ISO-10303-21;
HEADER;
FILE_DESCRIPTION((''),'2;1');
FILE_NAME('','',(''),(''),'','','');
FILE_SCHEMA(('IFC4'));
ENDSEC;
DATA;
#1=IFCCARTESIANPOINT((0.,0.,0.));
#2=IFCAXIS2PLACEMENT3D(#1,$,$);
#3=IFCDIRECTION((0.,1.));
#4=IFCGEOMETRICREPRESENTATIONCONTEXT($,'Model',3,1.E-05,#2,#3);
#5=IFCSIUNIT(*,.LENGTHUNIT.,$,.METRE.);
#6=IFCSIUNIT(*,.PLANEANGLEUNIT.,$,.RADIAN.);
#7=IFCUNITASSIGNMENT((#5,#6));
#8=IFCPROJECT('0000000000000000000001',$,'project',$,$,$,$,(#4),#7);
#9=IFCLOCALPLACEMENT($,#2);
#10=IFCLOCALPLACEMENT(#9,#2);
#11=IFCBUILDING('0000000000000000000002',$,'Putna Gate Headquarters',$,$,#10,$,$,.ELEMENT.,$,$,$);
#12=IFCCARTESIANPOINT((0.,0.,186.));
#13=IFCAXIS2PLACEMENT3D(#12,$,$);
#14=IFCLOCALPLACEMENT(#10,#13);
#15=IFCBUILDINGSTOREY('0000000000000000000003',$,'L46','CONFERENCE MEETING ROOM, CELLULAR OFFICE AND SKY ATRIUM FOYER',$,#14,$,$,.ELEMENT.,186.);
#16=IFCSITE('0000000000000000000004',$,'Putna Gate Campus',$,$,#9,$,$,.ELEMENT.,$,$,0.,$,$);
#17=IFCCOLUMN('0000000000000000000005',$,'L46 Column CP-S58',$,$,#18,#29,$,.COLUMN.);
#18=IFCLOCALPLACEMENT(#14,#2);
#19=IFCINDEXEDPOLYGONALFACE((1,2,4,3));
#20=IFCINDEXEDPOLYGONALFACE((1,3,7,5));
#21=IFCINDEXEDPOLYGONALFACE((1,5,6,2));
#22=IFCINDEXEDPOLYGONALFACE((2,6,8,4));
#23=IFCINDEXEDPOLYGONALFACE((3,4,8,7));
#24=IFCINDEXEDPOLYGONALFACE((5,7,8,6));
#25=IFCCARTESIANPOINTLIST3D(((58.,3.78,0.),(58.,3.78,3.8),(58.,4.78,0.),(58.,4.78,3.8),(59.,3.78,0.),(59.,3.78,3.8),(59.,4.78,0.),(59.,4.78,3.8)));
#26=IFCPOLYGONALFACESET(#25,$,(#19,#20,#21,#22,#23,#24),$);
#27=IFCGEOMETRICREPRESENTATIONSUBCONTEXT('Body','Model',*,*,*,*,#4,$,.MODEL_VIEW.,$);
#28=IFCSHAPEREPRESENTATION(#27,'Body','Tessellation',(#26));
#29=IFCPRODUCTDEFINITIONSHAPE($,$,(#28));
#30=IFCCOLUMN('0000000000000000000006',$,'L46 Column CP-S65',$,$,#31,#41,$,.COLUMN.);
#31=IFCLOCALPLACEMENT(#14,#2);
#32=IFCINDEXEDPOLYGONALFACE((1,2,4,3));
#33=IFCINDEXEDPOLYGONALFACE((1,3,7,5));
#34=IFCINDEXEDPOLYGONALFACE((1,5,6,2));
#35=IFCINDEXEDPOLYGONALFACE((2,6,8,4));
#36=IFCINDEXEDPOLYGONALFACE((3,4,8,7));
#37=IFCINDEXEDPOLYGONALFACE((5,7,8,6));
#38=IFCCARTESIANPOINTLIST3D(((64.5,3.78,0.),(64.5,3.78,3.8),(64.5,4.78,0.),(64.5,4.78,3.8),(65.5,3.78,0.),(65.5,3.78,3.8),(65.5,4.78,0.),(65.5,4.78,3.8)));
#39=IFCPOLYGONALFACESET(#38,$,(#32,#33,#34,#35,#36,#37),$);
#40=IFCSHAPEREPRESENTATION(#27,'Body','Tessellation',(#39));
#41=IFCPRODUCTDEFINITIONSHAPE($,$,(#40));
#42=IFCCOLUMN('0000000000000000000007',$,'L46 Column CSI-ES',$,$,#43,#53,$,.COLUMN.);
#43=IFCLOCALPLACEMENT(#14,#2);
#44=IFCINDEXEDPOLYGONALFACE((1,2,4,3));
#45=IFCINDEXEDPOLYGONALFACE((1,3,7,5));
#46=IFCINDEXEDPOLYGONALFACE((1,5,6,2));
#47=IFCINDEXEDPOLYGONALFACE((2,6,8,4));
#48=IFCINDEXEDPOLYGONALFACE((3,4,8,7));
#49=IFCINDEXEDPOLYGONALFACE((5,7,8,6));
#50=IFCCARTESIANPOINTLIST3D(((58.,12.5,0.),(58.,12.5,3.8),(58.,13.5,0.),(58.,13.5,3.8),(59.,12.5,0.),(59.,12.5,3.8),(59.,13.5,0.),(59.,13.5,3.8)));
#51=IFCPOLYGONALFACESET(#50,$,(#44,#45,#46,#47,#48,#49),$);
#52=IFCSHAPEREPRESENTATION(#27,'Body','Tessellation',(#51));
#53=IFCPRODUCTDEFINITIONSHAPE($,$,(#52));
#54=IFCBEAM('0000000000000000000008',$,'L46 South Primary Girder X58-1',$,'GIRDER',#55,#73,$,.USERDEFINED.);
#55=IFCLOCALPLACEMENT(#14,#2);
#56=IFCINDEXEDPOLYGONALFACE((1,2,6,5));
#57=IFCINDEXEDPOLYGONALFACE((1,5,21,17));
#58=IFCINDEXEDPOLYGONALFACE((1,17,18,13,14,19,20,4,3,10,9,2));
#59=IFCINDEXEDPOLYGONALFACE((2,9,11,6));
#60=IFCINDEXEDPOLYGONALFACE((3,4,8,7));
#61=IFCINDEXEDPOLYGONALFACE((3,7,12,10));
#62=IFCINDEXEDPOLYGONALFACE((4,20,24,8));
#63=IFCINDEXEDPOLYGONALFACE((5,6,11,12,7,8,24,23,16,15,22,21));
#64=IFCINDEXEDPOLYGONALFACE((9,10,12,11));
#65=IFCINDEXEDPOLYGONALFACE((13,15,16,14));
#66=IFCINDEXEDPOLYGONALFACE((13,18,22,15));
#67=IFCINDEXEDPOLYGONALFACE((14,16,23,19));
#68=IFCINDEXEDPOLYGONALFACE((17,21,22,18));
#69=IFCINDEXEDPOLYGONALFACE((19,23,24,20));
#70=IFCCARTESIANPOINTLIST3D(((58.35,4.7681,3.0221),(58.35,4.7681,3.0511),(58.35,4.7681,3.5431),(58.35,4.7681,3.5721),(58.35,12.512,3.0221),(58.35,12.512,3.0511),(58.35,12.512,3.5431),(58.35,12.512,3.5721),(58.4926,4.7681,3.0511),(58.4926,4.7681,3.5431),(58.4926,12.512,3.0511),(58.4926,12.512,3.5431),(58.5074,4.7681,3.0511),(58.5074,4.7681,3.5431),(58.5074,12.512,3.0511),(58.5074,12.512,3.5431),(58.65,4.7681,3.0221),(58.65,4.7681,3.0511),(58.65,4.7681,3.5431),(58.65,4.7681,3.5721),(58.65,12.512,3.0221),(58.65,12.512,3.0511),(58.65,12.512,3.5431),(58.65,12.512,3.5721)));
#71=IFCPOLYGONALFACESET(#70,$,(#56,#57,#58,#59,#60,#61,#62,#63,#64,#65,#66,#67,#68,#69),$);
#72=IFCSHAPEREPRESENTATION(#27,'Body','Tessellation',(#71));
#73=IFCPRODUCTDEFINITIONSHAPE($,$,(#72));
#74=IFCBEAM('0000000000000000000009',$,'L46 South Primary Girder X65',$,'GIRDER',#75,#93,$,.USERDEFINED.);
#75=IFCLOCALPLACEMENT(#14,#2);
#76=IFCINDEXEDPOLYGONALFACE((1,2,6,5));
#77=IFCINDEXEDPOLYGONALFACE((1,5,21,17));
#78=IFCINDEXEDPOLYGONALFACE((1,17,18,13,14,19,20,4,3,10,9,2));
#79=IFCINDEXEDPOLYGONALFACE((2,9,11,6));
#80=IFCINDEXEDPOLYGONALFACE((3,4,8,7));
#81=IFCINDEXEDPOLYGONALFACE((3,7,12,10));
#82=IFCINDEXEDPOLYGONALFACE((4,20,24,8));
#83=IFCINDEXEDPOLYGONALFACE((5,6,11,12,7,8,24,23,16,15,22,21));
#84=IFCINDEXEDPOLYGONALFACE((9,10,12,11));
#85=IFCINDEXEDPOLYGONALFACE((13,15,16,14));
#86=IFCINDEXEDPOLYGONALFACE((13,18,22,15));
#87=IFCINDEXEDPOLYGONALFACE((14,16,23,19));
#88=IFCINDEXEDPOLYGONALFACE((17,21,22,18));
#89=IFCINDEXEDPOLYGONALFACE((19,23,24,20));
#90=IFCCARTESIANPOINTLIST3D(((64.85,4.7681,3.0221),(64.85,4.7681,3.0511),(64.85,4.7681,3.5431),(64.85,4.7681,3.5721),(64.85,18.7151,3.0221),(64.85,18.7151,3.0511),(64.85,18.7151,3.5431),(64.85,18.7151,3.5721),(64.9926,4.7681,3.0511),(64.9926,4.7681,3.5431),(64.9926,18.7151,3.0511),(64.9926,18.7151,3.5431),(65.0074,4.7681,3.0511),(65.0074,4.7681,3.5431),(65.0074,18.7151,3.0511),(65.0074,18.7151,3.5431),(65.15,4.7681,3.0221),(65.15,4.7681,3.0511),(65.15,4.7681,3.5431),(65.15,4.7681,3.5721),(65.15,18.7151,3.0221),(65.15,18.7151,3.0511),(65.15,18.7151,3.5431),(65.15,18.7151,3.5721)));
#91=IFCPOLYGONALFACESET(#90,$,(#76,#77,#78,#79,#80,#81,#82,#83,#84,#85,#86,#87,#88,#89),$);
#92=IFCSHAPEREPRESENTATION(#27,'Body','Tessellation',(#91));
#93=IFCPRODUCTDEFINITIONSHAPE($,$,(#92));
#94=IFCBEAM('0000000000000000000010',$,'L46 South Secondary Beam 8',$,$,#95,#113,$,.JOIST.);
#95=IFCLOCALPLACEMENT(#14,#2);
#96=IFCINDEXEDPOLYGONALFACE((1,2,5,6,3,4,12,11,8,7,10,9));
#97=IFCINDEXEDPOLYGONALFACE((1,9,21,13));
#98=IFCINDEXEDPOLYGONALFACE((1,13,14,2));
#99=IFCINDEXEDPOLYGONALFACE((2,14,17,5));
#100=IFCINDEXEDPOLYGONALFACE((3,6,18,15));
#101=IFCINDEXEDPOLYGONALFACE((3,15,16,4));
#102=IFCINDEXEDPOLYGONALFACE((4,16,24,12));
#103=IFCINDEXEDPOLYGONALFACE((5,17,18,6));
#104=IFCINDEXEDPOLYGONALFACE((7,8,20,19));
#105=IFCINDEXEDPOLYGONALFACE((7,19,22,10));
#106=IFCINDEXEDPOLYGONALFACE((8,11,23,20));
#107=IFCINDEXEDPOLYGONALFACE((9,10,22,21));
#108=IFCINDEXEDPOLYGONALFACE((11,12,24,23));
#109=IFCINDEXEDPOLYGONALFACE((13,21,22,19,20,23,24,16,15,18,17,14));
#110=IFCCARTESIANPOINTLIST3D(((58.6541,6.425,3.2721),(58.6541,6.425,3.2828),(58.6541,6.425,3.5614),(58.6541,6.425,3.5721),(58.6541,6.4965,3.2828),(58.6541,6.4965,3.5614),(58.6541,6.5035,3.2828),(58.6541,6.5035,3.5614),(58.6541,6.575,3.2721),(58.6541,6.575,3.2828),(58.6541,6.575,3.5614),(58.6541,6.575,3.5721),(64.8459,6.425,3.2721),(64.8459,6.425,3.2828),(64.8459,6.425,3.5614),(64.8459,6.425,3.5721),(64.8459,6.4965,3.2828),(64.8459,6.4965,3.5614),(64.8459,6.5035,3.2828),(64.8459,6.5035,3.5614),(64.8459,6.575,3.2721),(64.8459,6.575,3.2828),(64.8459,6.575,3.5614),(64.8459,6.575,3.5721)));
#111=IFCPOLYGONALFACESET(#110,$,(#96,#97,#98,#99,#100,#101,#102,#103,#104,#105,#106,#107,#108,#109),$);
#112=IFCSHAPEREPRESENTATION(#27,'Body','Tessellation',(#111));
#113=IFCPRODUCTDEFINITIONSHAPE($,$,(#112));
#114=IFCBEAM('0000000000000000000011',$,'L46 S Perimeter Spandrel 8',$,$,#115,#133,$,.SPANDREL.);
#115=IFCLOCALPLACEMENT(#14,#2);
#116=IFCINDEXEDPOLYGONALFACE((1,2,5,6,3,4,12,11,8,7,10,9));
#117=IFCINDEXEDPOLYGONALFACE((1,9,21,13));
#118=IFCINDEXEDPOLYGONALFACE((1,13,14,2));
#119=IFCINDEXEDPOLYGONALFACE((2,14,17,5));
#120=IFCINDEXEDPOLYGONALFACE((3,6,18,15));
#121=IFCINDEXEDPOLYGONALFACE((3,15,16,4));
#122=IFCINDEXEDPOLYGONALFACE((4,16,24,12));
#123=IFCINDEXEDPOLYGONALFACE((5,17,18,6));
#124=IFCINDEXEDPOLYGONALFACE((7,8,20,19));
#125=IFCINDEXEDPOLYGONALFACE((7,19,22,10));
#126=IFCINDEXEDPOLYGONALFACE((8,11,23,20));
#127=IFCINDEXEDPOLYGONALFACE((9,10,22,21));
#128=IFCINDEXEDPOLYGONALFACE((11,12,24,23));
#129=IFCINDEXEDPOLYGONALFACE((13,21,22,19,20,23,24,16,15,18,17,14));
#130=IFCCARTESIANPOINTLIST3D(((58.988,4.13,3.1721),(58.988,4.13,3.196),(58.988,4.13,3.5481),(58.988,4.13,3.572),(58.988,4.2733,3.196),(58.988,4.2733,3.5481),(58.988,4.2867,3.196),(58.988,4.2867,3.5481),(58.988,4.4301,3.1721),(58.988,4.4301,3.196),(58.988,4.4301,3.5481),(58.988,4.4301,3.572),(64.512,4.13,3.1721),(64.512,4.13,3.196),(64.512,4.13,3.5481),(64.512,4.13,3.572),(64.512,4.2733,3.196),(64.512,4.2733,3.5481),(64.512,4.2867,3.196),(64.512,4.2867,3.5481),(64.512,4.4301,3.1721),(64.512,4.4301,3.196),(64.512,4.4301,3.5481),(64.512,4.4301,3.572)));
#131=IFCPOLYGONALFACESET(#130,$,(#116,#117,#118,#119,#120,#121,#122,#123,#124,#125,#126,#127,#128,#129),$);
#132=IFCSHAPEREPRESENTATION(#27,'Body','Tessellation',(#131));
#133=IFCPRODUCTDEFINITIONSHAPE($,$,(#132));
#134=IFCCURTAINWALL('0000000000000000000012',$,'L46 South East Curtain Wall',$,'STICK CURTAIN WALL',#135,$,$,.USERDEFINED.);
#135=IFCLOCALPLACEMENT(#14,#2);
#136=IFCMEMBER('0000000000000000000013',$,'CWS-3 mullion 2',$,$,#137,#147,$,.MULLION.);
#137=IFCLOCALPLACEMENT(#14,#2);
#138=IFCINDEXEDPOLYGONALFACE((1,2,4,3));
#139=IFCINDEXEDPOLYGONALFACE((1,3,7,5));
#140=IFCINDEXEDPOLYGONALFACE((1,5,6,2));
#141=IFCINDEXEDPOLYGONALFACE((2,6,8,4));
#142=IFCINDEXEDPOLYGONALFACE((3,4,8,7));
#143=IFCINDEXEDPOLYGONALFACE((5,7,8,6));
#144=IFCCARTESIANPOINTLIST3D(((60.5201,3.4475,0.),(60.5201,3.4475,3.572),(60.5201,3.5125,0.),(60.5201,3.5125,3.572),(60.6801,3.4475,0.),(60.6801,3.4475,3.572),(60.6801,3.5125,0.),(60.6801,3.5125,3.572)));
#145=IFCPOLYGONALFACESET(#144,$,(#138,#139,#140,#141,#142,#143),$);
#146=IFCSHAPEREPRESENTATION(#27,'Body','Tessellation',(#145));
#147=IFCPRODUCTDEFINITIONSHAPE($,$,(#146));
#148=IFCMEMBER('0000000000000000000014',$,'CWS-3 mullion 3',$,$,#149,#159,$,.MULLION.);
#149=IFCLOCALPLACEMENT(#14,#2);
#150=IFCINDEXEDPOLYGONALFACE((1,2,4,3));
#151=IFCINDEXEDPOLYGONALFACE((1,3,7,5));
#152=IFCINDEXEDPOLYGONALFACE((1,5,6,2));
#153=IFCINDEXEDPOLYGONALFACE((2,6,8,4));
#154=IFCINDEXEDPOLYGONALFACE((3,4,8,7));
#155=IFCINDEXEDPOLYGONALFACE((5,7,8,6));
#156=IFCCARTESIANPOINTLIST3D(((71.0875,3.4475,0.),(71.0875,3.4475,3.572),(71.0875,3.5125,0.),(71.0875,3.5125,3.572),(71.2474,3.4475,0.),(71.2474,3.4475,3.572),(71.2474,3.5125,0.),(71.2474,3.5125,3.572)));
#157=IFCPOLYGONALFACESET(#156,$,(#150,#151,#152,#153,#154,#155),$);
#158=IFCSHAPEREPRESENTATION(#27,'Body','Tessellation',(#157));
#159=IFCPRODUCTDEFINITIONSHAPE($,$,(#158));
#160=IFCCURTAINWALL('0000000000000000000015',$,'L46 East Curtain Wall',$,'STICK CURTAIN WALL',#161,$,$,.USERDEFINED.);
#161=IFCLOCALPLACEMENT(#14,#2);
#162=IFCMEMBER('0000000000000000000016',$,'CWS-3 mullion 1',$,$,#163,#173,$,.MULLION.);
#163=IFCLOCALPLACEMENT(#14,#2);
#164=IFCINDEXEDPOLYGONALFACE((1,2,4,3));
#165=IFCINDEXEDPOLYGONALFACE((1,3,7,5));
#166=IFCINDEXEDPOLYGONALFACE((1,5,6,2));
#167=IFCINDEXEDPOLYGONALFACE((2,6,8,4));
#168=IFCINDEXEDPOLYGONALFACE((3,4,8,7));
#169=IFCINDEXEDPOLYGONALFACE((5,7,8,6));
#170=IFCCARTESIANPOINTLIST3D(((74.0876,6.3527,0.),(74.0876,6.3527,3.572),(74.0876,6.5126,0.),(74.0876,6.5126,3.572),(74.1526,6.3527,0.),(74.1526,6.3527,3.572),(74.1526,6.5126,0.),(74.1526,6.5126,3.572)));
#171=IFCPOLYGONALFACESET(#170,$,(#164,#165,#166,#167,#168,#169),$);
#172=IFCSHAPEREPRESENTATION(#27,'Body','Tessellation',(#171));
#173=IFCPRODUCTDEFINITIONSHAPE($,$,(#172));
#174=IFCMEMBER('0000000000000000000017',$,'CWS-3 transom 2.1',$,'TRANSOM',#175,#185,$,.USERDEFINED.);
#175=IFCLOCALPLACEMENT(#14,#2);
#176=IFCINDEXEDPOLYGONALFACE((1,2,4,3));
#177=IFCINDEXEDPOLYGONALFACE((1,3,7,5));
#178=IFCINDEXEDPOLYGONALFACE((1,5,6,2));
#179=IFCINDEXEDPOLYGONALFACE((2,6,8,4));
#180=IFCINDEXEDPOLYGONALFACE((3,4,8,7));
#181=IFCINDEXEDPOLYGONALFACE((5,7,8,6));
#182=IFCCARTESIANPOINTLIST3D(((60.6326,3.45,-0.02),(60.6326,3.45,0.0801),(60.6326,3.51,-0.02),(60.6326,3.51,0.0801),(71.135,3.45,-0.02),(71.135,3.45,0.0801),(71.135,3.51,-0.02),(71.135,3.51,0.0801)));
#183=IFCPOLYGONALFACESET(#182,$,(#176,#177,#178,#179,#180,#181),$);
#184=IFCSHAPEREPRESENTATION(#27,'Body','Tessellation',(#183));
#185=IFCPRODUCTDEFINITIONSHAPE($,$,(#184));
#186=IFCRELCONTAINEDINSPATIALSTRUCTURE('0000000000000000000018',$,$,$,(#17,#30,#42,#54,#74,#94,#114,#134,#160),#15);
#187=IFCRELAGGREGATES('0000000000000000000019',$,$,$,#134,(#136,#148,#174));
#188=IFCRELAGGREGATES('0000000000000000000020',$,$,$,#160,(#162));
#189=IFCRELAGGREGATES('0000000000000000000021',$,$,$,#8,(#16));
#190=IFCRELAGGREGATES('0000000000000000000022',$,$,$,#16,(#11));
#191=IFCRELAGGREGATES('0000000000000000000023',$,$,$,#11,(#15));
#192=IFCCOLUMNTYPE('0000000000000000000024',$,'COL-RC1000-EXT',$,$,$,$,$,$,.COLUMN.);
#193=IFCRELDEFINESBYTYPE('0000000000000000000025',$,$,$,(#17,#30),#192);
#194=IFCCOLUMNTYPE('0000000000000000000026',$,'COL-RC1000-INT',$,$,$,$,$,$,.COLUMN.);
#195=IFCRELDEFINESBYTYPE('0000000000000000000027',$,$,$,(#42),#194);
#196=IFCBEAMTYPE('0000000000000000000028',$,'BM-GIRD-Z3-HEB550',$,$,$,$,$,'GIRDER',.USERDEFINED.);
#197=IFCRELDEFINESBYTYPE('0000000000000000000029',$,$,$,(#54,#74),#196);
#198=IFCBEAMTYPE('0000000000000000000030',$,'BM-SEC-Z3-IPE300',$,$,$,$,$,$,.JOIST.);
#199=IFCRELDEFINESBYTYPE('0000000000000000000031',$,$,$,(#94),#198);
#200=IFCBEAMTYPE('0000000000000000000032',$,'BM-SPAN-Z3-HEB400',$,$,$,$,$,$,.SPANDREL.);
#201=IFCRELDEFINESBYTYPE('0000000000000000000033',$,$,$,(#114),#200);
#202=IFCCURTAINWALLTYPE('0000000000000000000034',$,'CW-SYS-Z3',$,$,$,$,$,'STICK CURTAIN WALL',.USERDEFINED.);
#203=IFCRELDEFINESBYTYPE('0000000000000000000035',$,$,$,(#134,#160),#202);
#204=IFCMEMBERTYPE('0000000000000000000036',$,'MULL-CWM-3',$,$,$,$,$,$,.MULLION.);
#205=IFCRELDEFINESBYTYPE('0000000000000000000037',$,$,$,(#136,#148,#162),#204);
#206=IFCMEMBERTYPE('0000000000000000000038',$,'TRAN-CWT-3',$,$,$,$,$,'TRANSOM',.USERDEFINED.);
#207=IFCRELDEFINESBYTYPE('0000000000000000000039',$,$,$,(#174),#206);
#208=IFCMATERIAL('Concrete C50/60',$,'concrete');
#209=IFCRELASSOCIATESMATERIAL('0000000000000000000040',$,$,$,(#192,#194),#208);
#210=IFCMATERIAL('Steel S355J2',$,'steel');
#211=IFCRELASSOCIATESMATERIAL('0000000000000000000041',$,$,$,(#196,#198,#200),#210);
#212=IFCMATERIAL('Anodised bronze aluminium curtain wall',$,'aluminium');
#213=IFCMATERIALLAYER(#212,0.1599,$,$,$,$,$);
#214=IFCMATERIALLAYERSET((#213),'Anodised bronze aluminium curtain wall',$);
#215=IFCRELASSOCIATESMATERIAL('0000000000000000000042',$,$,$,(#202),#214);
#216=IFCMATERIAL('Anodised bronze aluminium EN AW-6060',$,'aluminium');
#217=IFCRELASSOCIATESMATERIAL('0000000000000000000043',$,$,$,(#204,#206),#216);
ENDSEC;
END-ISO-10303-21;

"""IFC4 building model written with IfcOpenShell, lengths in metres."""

from ifc_helpers import new_model, si_unit, direction, frame, origin, origin_2d, place, context, subcontext, project, spatial, rectangle, i_section, extrude, material, layer, layer_set, material_profile, profile_set, type_object, element, aggregate, save


model = new_model("IFC4")

# Units and contexts
model_context = context("Model", 3, precision=1e-05, world=origin(), true_north=direction((0.0, 1.0)))
body_context = subcontext(model_context, "Body", "Model", "MODEL_VIEW")
ifc_project = project(units=[si_unit("LENGTHUNIT", "METRE"), si_unit("PLANEANGLEUNIT", "RADIAN")], contexts=[model_context])

# Site, building, storey
site_placement = place(None, origin())
site = spatial("IfcSite", under=ifc_project, at=site_placement, Name="Putna Gate Campus", CompositionType="ELEMENT", RefElevation=0.0)
building_placement = place(site_placement, origin())
building = spatial("IfcBuilding", under=site, at=building_placement, Name="Putna Gate Headquarters", CompositionType="ELEMENT")
storey_placement = place(building_placement, frame((0.0, 0.0, 186.0)))
storey = spatial("IfcBuildingStorey", under=building, at=storey_placement, Name="L46", Description="CONFERENCE MEETING ROOM, CELLULAR OFFICE AND SKY ATRIUM FOYER", CompositionType="ELEMENT", Elevation=186.0)

# Columns
ifc_material_1 = material(Name="Concrete C50/60", Category="concrete")
ifc_material_profile_1 = material_profile(ifc_material_1, rectangle(XDim=1.0, YDim=1.0, at=origin_2d()), Name="Concrete C50/60")
ifc_profile_set_1 = profile_set([ifc_material_profile_1], Name="Concrete C50/60")
column_type_1 = type_object("IfcColumnType", Name="COL-RC1000-EXT", PredefinedType="COLUMN", material=ifc_profile_set_1)
for number, where, z_axis, x_axis, name in (
    (1, (58.5, 4.28, 0.0), (0.0, 0.0, 1.0), (1.0, 0.0, 0.0), "L46 Column CP-S58"),
    (2, (65.0, 4.28, 0.0), (0.0, 0.0, 1.0), (1.0, 0.0, 0.0), "L46 Column CP-S65"),
):
    element("IfcColumn", number, at=place(storey_placement, frame(where, z_axis=z_axis, x_axis=x_axis)), inside=storey, type_object=column_type_1, Name=name, PredefinedType="COLUMN", context=body_context, shape_type="SweptSolid", body=[
        extrude(rectangle(XDim=1.0, YDim=1.0, at=origin_2d()), origin(), (0.0, 0.0, 1.0), 3.8),
    ])
ifc_material_profile_2 = material_profile(ifc_material_1, rectangle(XDim=1.0, YDim=1.0, at=origin_2d()), Name="Concrete C50/60")
ifc_profile_set_2 = profile_set([ifc_material_profile_2], Name="Concrete C50/60")
column_type_2 = type_object("IfcColumnType", Name="COL-RC1000-INT", PredefinedType="COLUMN", material=ifc_profile_set_2)
column_placement = place(storey_placement, frame((58.5, 13.0, 0.0), z_axis=(0.0, 0.0, 1.0), x_axis=(1.0, 0.0, 0.0)))
element("IfcColumn", 3, at=column_placement, inside=storey, type_object=column_type_2, Name="L46 Column CSI-ES", PredefinedType="COLUMN", context=body_context, shape_type="SweptSolid", body=[
    extrude(rectangle(XDim=1.0, YDim=1.0, at=origin_2d()), origin(), (0.0, 0.0, 1.0), 3.8),
])

# Beams
ifc_material_2 = material(Name="Steel S355J2", Category="steel")
ifc_material_profile_3 = material_profile(ifc_material_2, i_section(OverallWidth=0.3, OverallDepth=0.55, WebThickness=0.0149, FlangeThickness=0.0291, at=origin_2d()), Name="Steel S355J2")
ifc_profile_set_3 = profile_set([ifc_material_profile_3], Name="Steel S355J2")
beam_type_1 = type_object("IfcBeamType", Name="BM-GIRD-Z3-HEB550", ElementType="GIRDER", PredefinedType="USERDEFINED", material=ifc_profile_set_3)
beam_1_placement = place(storey_placement, frame((58.5, 4.7681, 3.2971), z_axis=(0.0, 1.0, 0.0), x_axis=(-1.0, 0.0, 0.0)))
element("IfcBeam", 4, at=beam_1_placement, inside=storey, type_object=beam_type_1, Name="L46 South Primary Girder X58-1", ObjectType="GIRDER", PredefinedType="USERDEFINED", context=body_context, shape_type="SweptSolid", body=[
    extrude(i_section(OverallWidth=0.3, OverallDepth=0.55, WebThickness=0.0149, FlangeThickness=0.0291, at=origin_2d()), origin(), (0.0, 0.0, 1.0), 7.7439),
])
beam_2_placement = place(storey_placement, frame((65.0, 4.7681, 3.2971), z_axis=(0.0, 1.0, 0.0), x_axis=(-1.0, 0.0, 0.0)))
element("IfcBeam", 5, at=beam_2_placement, inside=storey, type_object=beam_type_1, Name="L46 South Primary Girder X65", ObjectType="GIRDER", PredefinedType="USERDEFINED", context=body_context, shape_type="SweptSolid", body=[
    extrude(i_section(OverallWidth=0.3, OverallDepth=0.55, WebThickness=0.0149, FlangeThickness=0.0291, at=origin_2d()), origin(), (0.0, 0.0, 1.0), 13.947),
])
ifc_material_profile_4 = material_profile(ifc_material_2, i_section(OverallWidth=0.1499, OverallDepth=0.3, WebThickness=0.0071, FlangeThickness=0.0107, at=origin_2d()), Name="Steel S355J2")
ifc_profile_set_4 = profile_set([ifc_material_profile_4], Name="Steel S355J2")
beam_type_2 = type_object("IfcBeamType", Name="BM-SEC-Z3-IPE300", PredefinedType="JOIST", material=ifc_profile_set_4)
beam_3_placement = place(storey_placement, frame((58.6541, 6.5, 3.4221), z_axis=(1.0, 0.0, 0.0), x_axis=(0.0, 1.0, 0.0)))
element("IfcBeam", 6, at=beam_3_placement, inside=storey, type_object=beam_type_2, Name="L46 South Secondary Beam 8", PredefinedType="JOIST", context=body_context, shape_type="SweptSolid", body=[
    extrude(i_section(OverallWidth=0.1499, OverallDepth=0.3, WebThickness=0.0071, FlangeThickness=0.0107, at=origin_2d()), origin(), (0.0, 0.0, 1.0), 6.1919),
])
ifc_material_profile_5 = material_profile(ifc_material_2, i_section(OverallWidth=0.3, OverallDepth=0.3999, WebThickness=0.0134, FlangeThickness=0.0239, at=origin_2d()), Name="Steel S355J2")
ifc_profile_set_5 = profile_set([ifc_material_profile_5], Name="Steel S355J2")
beam_type_3 = type_object("IfcBeamType", Name="BM-SPAN-Z3-HEB400", PredefinedType="SPANDREL", material=ifc_profile_set_5)
beam_4_placement = place(storey_placement, frame((58.988, 4.28, 3.3721), z_axis=(1.0, 0.0, 0.0), x_axis=(0.0, 1.0, 0.0)))
element("IfcBeam", 7, at=beam_4_placement, inside=storey, type_object=beam_type_3, Name="L46 S Perimeter Spandrel 8", PredefinedType="SPANDREL", context=body_context, shape_type="SweptSolid", body=[
    extrude(i_section(OverallWidth=0.3, OverallDepth=0.3999, WebThickness=0.0134, FlangeThickness=0.0239, at=origin_2d()), origin(), (0.0, 0.0, 1.0), 5.5239),
])

# Curtain wall, members
ifc_material_3 = material(Name="Anodised bronze aluminium curtain wall", Category="aluminium")
ifc_layer_1 = layer(ifc_material_3, 0.1599)
ifc_layer_set_1 = layer_set([ifc_layer_1], Name="Anodised bronze aluminium curtain wall")
curtain_wall_type = type_object("IfcCurtainWallType", Name="CW-SYS-Z3", ElementType="STICK CURTAIN WALL", PredefinedType="USERDEFINED", material=ifc_layer_set_1)
curtain_wall_1_placement = place(storey_placement, origin())
curtain_wall_1 = element("IfcCurtainWall", 8, at=curtain_wall_1_placement, inside=storey, type_object=curtain_wall_type, Name="L46 South East Curtain Wall", ObjectType="STICK CURTAIN WALL", PredefinedType="USERDEFINED")
ifc_material_4 = material(Name="Anodised bronze aluminium EN AW-6060", Category="aluminium")
ifc_material_profile_6 = material_profile(ifc_material_4, rectangle(XDim=0.0649, YDim=0.1599, at=origin_2d()), Name="Anodised bronze aluminium EN AW-6060")
ifc_profile_set_6 = profile_set([ifc_material_profile_6], Name="Anodised bronze aluminium EN AW-6060")
member_type_1 = type_object("IfcMemberType", Name="MULL-CWM-3", PredefinedType="MULLION", material=ifc_profile_set_6)
member_1_placement = place(storey_placement, frame((60.6001, 3.48, 0.0), z_axis=(0.0, 0.0, 1.0), x_axis=(0.0, 1.0, 0.0)))
member_1 = element("IfcMember", 9, at=member_1_placement, type_object=member_type_1, Name="CWS-3 mullion 2", PredefinedType="MULLION", context=body_context, shape_type="SweptSolid", body=[
    extrude(rectangle(XDim=0.0649, YDim=0.1599, at=origin_2d()), origin(), (0.0, 0.0, 1.0), 3.572),
])
member_2_placement = place(storey_placement, frame((71.1675, 3.48, 0.0), z_axis=(0.0, 0.0, 1.0), x_axis=(0.0, 1.0, 0.0)))
member_2 = element("IfcMember", 10, at=member_2_placement, type_object=member_type_1, Name="CWS-3 mullion 3", PredefinedType="MULLION", context=body_context, shape_type="SweptSolid", body=[
    extrude(rectangle(XDim=0.0649, YDim=0.1599, at=origin_2d()), origin(), (0.0, 0.0, 1.0), 3.572),
])

# Curtain wall, member
curtain_wall_2_placement = place(storey_placement, origin())
curtain_wall_2 = element("IfcCurtainWall", 11, at=curtain_wall_2_placement, inside=storey, type_object=curtain_wall_type, Name="L46 East Curtain Wall", ObjectType="STICK CURTAIN WALL", PredefinedType="USERDEFINED")
member_3_placement = place(storey_placement, frame((74.1201, 6.4326, 0.0), z_axis=(0.0, 0.0, 1.0), x_axis=(-1.0, 0.0, 0.0)))
member_3 = element("IfcMember", 12, at=member_3_placement, type_object=member_type_1, Name="CWS-3 mullion 1", PredefinedType="MULLION", context=body_context, shape_type="SweptSolid", body=[
    extrude(rectangle(XDim=0.0649, YDim=0.1599, at=origin_2d()), origin(), (0.0, 0.0, 1.0), 3.572),
])

# Member
ifc_material_profile_7 = material_profile(ifc_material_4, rectangle(XDim=0.0601, YDim=0.1001, at=origin_2d()), Name="Anodised bronze aluminium EN AW-6060")
ifc_profile_set_7 = profile_set([ifc_material_profile_7], Name="Anodised bronze aluminium EN AW-6060")
member_type_2 = type_object("IfcMemberType", Name="TRAN-CWT-3", ElementType="TRANSOM", PredefinedType="USERDEFINED", material=ifc_profile_set_7)
member_4_placement = place(storey_placement, frame((60.6326, 3.48, 0.03), z_axis=(1.0, 0.0, 0.0), x_axis=(0.0, 1.0, 0.0)))
member_4 = element("IfcMember", 13, at=member_4_placement, type_object=member_type_2, Name="CWS-3 transom 2.1", ObjectType="TRANSOM", PredefinedType="USERDEFINED", context=body_context, shape_type="SweptSolid", body=[
    extrude(rectangle(XDim=0.0601, YDim=0.1001, at=origin_2d()), origin(), (0.0, 0.0, 1.0), 10.5024),
])

aggregate(curtain_wall_1, [member_1, member_2, member_4])
aggregate(curtain_wall_2, [member_3])

save(model, "model.ifc")
